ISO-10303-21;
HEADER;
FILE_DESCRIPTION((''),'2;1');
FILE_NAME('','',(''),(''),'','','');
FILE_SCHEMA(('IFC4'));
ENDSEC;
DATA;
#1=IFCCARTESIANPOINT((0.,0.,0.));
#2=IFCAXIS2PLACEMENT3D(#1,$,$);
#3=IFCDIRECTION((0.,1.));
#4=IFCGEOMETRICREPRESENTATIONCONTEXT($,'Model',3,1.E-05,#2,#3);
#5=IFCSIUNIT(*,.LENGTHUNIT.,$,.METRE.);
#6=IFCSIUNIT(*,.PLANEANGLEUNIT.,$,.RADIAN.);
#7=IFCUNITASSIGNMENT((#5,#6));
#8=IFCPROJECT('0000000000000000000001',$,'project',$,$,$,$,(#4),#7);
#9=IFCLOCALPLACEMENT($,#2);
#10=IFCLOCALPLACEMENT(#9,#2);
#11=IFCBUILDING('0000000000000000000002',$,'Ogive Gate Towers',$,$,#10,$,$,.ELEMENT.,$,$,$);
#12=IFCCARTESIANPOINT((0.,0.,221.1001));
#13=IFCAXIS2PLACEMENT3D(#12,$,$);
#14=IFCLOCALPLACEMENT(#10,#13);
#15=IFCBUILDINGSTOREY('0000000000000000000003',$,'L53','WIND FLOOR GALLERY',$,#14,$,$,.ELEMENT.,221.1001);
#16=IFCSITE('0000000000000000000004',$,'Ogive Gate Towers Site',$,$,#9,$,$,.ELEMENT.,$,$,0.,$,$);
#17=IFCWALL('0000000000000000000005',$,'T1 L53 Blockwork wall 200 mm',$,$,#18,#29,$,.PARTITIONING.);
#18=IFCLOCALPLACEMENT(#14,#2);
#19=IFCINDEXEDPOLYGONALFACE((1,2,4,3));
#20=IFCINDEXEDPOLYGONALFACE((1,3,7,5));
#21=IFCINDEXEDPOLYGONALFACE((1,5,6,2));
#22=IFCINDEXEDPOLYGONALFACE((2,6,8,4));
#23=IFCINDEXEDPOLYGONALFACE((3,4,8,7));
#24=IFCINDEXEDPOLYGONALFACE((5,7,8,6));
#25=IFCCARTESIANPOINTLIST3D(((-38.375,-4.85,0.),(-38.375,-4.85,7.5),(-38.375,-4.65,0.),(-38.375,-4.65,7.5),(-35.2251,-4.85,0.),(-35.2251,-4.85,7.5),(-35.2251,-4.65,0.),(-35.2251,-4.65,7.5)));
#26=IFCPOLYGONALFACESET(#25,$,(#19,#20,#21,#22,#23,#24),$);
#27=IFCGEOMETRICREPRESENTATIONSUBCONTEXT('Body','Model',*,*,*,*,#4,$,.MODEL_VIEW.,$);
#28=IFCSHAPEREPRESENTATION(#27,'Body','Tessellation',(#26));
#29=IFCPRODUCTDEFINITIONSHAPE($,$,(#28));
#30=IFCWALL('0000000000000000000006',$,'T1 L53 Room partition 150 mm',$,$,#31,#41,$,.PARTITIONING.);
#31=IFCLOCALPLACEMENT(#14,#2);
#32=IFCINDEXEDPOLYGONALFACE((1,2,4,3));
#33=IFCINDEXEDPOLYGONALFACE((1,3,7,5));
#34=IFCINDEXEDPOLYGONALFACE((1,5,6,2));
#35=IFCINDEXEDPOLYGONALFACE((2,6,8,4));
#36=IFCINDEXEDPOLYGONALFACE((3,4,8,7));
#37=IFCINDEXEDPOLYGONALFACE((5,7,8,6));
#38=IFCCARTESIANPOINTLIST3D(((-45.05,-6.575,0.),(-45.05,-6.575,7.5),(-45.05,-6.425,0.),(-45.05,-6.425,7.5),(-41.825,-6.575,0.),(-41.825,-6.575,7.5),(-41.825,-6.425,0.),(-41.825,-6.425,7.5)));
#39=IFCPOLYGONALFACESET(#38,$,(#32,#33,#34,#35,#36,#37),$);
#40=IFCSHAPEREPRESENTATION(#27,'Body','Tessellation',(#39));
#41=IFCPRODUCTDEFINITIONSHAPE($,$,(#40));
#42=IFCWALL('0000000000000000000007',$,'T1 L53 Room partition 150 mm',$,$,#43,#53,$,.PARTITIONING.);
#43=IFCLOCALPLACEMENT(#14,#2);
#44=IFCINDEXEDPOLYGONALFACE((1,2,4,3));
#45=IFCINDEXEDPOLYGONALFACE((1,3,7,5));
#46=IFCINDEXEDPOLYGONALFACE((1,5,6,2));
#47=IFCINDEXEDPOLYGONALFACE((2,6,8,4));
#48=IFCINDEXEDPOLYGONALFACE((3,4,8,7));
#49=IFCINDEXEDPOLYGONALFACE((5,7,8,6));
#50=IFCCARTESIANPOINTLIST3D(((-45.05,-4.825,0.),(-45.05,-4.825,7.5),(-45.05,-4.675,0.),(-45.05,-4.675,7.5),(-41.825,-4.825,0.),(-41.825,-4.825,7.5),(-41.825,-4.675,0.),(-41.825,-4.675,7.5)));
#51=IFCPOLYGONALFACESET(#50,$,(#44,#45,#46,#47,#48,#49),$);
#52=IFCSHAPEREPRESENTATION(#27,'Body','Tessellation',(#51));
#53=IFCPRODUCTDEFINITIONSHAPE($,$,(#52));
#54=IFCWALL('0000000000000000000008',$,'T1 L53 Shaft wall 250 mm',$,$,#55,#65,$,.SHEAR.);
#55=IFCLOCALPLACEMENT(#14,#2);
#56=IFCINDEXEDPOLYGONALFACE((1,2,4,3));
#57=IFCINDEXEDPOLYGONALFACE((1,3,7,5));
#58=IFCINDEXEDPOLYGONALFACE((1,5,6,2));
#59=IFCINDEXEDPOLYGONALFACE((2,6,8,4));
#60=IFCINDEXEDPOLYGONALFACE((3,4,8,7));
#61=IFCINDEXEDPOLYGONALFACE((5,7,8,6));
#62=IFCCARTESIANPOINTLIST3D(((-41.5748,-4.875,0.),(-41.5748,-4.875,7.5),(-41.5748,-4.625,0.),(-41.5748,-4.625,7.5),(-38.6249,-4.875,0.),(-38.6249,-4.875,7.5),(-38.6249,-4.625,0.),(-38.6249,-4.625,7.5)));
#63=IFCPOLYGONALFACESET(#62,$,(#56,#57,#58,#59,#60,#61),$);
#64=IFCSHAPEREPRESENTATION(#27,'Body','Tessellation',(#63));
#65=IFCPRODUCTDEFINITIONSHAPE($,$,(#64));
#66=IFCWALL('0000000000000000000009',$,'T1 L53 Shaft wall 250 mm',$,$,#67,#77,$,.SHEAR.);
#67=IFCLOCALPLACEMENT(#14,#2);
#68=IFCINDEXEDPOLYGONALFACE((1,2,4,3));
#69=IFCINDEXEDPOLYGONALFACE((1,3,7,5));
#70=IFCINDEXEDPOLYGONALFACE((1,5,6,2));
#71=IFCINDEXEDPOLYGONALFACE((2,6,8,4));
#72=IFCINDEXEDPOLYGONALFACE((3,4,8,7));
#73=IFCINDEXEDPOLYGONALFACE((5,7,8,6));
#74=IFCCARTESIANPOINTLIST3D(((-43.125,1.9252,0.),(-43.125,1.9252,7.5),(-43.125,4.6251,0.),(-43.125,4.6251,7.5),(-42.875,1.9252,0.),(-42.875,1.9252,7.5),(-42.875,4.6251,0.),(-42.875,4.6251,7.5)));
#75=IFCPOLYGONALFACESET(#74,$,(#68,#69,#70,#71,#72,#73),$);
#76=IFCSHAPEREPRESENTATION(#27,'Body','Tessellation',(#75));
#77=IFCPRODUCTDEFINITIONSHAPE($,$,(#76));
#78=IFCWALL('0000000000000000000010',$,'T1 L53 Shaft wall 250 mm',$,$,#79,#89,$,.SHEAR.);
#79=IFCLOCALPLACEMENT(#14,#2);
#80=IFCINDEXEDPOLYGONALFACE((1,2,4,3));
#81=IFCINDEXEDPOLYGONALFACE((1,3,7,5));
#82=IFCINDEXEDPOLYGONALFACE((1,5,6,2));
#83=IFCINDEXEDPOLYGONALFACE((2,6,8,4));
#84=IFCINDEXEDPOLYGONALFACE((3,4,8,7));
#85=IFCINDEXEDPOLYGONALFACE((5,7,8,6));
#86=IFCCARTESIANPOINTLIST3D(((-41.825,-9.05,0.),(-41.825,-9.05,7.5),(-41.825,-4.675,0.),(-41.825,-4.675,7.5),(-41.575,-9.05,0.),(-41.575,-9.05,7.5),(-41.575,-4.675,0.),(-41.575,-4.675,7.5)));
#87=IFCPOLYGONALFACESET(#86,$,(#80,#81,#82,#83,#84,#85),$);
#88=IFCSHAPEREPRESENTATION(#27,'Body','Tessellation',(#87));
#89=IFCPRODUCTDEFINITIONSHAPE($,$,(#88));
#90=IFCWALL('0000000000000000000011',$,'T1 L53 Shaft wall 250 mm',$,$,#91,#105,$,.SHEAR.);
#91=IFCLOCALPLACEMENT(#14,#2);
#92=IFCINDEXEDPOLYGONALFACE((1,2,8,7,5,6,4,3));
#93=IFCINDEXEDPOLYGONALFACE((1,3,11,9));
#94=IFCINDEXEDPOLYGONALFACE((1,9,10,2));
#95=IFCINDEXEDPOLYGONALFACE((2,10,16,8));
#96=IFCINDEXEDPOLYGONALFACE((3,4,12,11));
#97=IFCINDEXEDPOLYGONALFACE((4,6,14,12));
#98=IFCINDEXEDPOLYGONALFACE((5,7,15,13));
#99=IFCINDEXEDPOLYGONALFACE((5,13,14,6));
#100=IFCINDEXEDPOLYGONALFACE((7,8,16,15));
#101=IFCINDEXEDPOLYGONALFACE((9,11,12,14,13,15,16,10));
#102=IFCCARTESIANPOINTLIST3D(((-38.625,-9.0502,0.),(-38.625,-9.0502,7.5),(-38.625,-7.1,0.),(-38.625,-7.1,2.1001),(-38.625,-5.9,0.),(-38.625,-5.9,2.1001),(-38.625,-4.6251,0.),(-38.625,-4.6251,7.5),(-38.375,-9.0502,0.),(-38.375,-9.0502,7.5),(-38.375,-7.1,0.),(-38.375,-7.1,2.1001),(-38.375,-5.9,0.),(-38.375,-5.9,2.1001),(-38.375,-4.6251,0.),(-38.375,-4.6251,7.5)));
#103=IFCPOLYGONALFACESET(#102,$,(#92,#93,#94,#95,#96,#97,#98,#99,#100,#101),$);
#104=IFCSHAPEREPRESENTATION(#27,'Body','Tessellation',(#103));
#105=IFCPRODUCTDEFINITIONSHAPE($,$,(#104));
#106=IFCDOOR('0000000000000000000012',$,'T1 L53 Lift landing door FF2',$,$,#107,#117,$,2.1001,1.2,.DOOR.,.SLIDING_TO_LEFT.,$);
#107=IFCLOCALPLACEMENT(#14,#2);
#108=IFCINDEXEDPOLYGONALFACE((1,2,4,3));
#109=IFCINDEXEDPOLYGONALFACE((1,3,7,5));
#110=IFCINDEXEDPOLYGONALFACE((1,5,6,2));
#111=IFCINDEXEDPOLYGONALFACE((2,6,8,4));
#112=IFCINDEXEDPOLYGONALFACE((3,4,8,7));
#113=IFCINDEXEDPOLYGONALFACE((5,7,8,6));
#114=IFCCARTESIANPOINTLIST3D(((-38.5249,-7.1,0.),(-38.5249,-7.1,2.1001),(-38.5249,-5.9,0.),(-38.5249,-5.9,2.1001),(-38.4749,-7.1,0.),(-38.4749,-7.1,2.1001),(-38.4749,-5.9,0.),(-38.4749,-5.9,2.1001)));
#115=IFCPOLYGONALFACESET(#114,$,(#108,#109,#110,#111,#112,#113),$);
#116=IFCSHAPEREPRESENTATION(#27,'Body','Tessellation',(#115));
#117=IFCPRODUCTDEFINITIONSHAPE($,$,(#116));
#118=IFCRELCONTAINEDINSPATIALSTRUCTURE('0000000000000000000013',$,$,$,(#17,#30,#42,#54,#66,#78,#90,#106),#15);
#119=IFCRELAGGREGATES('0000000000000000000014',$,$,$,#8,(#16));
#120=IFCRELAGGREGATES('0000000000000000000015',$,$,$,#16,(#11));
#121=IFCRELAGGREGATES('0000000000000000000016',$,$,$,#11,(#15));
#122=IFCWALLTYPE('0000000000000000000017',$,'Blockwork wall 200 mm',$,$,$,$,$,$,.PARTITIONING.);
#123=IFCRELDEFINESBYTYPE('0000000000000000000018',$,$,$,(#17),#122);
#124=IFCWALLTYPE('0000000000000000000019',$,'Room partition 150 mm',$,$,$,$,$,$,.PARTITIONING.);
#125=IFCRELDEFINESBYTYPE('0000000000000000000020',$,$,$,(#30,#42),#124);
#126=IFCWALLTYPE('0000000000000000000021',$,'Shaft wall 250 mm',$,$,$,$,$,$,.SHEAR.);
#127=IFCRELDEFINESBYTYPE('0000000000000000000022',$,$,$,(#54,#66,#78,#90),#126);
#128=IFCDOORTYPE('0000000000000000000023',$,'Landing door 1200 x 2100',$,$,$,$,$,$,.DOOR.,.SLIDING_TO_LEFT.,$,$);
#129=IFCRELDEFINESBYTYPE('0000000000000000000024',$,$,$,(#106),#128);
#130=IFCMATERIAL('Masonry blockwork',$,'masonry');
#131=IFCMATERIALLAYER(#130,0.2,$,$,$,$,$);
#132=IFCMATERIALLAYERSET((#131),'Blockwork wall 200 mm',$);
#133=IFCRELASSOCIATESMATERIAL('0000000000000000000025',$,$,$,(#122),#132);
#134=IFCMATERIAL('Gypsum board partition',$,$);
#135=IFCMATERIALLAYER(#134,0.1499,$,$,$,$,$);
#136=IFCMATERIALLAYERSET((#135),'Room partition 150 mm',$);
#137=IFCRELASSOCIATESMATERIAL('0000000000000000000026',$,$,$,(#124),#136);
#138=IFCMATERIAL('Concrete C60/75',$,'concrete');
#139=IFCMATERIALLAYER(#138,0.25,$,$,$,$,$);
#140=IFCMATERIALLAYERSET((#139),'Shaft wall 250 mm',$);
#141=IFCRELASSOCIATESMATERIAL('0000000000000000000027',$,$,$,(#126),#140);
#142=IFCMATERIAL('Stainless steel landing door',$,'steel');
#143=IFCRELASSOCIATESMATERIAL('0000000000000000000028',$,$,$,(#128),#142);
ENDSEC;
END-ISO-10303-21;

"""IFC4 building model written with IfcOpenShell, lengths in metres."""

from ifc_helpers import new_model, si_unit, direction, frame, frame_2d, origin, place, context, subcontext, project, spatial, rectangle, extrude, material, layer, layer_set, type_object, element, fill, save


model = new_model("IFC4")

# Units and contexts
model_context = context("Model", 3, precision=1e-05, world=origin(), true_north=direction((0.0, 1.0)))
body_context = subcontext(model_context, "Body", "Model", "MODEL_VIEW")
ifc_project = project(units=[si_unit("LENGTHUNIT", "METRE"), si_unit("PLANEANGLEUNIT", "RADIAN")], contexts=[model_context])

# Site, building, storey
site_placement = place(None, origin())
site = spatial("IfcSite", under=ifc_project, at=site_placement, Name="Ogive Gate Towers Site", CompositionType="ELEMENT", RefElevation=0.0)
building_placement = place(site_placement, origin())
building = spatial("IfcBuilding", under=site, at=building_placement, Name="Ogive Gate Towers", CompositionType="ELEMENT")
storey_placement = place(building_placement, frame((0.0, 0.0, 221.1001)))
storey = spatial("IfcBuildingStorey", under=building, at=storey_placement, Name="L53", Description="WIND FLOOR GALLERY", CompositionType="ELEMENT", Elevation=221.1001)

# Walls
ifc_material_1 = material(Name="Masonry blockwork", Category="masonry")
ifc_layer_1 = layer(ifc_material_1, 0.2)
ifc_layer_set_1 = layer_set([ifc_layer_1], Name="Blockwork wall 200 mm")
wall_type_1 = type_object("IfcWallType", Name="Blockwork wall 200 mm", PredefinedType="PARTITIONING", material=ifc_layer_set_1)
wall_1_placement = place(storey_placement, frame((-38.375, -4.75, 0.0), z_axis=(0.0, 0.0, 1.0), x_axis=(1.0, 0.0, 0.0)))
element("IfcWall", 1, at=wall_1_placement, inside=storey, type_object=wall_type_1, Name="T1 L53 Blockwork wall 200 mm", PredefinedType="PARTITIONING", context=body_context, shape_type="SweptSolid", body=[
    extrude(rectangle(XDim=3.1499, YDim=0.2, at=frame_2d((1.575, 0.0))), origin(), (0.0, 0.0, 1.0), 7.5),
])
ifc_material_2 = material(Name="Gypsum board partition")
ifc_layer_2 = layer(ifc_material_2, 0.1499)
ifc_layer_set_2 = layer_set([ifc_layer_2], Name="Room partition 150 mm")
wall_type_2 = type_object("IfcWallType", Name="Room partition 150 mm", PredefinedType="PARTITIONING", material=ifc_layer_set_2)
for number, where, z_axis, x_axis, name in (
    (2, (-45.05, -6.5, 0.0), (0.0, 0.0, 1.0), (1.0, 0.0, 0.0), "T1 L53 Room partition 150 mm"),
    (3, (-45.05, -4.75, 0.0), (0.0, 0.0, 1.0), (1.0, 0.0, 0.0), "T1 L53 Room partition 150 mm"),
):
    element("IfcWall", number, at=place(storey_placement, frame(where, z_axis=z_axis, x_axis=x_axis)), inside=storey, type_object=wall_type_2, Name=name, PredefinedType="PARTITIONING", context=body_context, shape_type="SweptSolid", body=[
        extrude(rectangle(XDim=3.2251, YDim=0.1499, at=frame_2d((1.6125, 0.0))), origin(), (0.0, 0.0, 1.0), 7.5),
    ])
ifc_material_3 = material(Name="Concrete C60/75", Category="concrete")
ifc_layer_3 = layer(ifc_material_3, 0.25)
ifc_layer_set_3 = layer_set([ifc_layer_3], Name="Shaft wall 250 mm")
wall_type_3 = type_object("IfcWallType", Name="Shaft wall 250 mm", PredefinedType="SHEAR", material=ifc_layer_set_3)
wall_2_placement = place(storey_placement, frame((-41.575, -4.75, 0.0), z_axis=(0.0, 0.0, 1.0), x_axis=(1.0, 0.0, 0.0)))
element("IfcWall", 4, at=wall_2_placement, inside=storey, type_object=wall_type_3, Name="T1 L53 Shaft wall 250 mm", PredefinedType="SHEAR", context=body_context, shape_type="SweptSolid", body=[
    extrude(rectangle(XDim=2.95, YDim=0.25, at=frame_2d((1.4751, 0.0))), origin(), (0.0, 0.0, 1.0), 7.5),
])
wall_3_placement = place(storey_placement, frame((-43.0, 1.925, 0.0), z_axis=(0.0, 0.0, 1.0), x_axis=(0.0, 1.0, 0.0)))
element("IfcWall", 5, at=wall_3_placement, inside=storey, type_object=wall_type_3, Name="T1 L53 Shaft wall 250 mm", PredefinedType="SHEAR", context=body_context, shape_type="SweptSolid", body=[
    extrude(rectangle(XDim=2.7, YDim=0.25, at=frame_2d((1.3501, 0.0))), origin(), (0.0, 0.0, 1.0), 7.5),
])
wall_4_placement = place(storey_placement, frame((-41.7, -9.05, 0.0), z_axis=(0.0, 0.0, 1.0), x_axis=(0.0, 1.0, 0.0)))
element("IfcWall", 6, at=wall_4_placement, inside=storey, type_object=wall_type_3, Name="T1 L53 Shaft wall 250 mm", PredefinedType="SHEAR", context=body_context, shape_type="SweptSolid", body=[
    extrude(rectangle(XDim=4.375, YDim=0.25, at=frame_2d((2.1875, 0.0))), origin(), (0.0, 0.0, 1.0), 7.5),
])

# Wall, opening, door
wall_5_placement = place(storey_placement, frame((-38.5, -9.05, 0.0), z_axis=(0.0, 0.0, 1.0), x_axis=(0.0, 1.0, 0.0)))
wall_5 = element("IfcWall", 7, at=wall_5_placement, inside=storey, type_object=wall_type_3, Name="T1 L53 Shaft wall 250 mm", PredefinedType="SHEAR", context=body_context, shape_type="SweptSolid", body=[
    extrude(rectangle(XDim=4.425, YDim=0.25, at=frame_2d((2.2124, 0.0))), origin(), (0.0, 0.0, 1.0), 7.5),
])
opening_1_placement = place(wall_5_placement, frame((1.95, 0.0, 0.0)))
opening_1 = element("IfcOpeningElement", 8, at=opening_1_placement, cuts=wall_5, PredefinedType="OPENING", context=body_context, shape_type="SweptSolid", body=[
    extrude(rectangle(XDim=1.2, YDim=2.1001, at=frame_2d((0.6001, 1.05))), frame((0.0, 0.135, 0.0), z_axis=(0.0, -1.0, 0.0), x_axis=(1.0, 0.0, 0.0)), (0.0, 0.0, 1.0), 0.27),
])
ifc_material_4 = material(Name="Stainless steel landing door", Category="steel")
door_type_1 = type_object("IfcDoorType", Name="Landing door 1200 x 2100", OperationType="SLIDING_TO_LEFT", PredefinedType="DOOR", material=ifc_material_4)
door_1_placement = place(opening_1_placement, origin())
door_1 = element("IfcDoor", 9, at=door_1_placement, inside=storey, type_object=door_type_1, Name="T1 L53 Lift landing door FF2", OperationType="SLIDING_TO_LEFT", OverallHeight=2.1001, OverallWidth=1.2, PredefinedType="DOOR", context=body_context, shape_type="SweptSolid", body=[
    extrude(rectangle(XDim=1.2, YDim=2.1001, at=frame_2d((0.6001, 1.05))), frame((0.0, 0.0249, 0.0), z_axis=(0.0, -1.0, 0.0), x_axis=(1.0, 0.0, 0.0)), (0.0, 0.0, 1.0), 0.05),
])
fill(opening_1, door_1)

save(model, "model.ifc")
